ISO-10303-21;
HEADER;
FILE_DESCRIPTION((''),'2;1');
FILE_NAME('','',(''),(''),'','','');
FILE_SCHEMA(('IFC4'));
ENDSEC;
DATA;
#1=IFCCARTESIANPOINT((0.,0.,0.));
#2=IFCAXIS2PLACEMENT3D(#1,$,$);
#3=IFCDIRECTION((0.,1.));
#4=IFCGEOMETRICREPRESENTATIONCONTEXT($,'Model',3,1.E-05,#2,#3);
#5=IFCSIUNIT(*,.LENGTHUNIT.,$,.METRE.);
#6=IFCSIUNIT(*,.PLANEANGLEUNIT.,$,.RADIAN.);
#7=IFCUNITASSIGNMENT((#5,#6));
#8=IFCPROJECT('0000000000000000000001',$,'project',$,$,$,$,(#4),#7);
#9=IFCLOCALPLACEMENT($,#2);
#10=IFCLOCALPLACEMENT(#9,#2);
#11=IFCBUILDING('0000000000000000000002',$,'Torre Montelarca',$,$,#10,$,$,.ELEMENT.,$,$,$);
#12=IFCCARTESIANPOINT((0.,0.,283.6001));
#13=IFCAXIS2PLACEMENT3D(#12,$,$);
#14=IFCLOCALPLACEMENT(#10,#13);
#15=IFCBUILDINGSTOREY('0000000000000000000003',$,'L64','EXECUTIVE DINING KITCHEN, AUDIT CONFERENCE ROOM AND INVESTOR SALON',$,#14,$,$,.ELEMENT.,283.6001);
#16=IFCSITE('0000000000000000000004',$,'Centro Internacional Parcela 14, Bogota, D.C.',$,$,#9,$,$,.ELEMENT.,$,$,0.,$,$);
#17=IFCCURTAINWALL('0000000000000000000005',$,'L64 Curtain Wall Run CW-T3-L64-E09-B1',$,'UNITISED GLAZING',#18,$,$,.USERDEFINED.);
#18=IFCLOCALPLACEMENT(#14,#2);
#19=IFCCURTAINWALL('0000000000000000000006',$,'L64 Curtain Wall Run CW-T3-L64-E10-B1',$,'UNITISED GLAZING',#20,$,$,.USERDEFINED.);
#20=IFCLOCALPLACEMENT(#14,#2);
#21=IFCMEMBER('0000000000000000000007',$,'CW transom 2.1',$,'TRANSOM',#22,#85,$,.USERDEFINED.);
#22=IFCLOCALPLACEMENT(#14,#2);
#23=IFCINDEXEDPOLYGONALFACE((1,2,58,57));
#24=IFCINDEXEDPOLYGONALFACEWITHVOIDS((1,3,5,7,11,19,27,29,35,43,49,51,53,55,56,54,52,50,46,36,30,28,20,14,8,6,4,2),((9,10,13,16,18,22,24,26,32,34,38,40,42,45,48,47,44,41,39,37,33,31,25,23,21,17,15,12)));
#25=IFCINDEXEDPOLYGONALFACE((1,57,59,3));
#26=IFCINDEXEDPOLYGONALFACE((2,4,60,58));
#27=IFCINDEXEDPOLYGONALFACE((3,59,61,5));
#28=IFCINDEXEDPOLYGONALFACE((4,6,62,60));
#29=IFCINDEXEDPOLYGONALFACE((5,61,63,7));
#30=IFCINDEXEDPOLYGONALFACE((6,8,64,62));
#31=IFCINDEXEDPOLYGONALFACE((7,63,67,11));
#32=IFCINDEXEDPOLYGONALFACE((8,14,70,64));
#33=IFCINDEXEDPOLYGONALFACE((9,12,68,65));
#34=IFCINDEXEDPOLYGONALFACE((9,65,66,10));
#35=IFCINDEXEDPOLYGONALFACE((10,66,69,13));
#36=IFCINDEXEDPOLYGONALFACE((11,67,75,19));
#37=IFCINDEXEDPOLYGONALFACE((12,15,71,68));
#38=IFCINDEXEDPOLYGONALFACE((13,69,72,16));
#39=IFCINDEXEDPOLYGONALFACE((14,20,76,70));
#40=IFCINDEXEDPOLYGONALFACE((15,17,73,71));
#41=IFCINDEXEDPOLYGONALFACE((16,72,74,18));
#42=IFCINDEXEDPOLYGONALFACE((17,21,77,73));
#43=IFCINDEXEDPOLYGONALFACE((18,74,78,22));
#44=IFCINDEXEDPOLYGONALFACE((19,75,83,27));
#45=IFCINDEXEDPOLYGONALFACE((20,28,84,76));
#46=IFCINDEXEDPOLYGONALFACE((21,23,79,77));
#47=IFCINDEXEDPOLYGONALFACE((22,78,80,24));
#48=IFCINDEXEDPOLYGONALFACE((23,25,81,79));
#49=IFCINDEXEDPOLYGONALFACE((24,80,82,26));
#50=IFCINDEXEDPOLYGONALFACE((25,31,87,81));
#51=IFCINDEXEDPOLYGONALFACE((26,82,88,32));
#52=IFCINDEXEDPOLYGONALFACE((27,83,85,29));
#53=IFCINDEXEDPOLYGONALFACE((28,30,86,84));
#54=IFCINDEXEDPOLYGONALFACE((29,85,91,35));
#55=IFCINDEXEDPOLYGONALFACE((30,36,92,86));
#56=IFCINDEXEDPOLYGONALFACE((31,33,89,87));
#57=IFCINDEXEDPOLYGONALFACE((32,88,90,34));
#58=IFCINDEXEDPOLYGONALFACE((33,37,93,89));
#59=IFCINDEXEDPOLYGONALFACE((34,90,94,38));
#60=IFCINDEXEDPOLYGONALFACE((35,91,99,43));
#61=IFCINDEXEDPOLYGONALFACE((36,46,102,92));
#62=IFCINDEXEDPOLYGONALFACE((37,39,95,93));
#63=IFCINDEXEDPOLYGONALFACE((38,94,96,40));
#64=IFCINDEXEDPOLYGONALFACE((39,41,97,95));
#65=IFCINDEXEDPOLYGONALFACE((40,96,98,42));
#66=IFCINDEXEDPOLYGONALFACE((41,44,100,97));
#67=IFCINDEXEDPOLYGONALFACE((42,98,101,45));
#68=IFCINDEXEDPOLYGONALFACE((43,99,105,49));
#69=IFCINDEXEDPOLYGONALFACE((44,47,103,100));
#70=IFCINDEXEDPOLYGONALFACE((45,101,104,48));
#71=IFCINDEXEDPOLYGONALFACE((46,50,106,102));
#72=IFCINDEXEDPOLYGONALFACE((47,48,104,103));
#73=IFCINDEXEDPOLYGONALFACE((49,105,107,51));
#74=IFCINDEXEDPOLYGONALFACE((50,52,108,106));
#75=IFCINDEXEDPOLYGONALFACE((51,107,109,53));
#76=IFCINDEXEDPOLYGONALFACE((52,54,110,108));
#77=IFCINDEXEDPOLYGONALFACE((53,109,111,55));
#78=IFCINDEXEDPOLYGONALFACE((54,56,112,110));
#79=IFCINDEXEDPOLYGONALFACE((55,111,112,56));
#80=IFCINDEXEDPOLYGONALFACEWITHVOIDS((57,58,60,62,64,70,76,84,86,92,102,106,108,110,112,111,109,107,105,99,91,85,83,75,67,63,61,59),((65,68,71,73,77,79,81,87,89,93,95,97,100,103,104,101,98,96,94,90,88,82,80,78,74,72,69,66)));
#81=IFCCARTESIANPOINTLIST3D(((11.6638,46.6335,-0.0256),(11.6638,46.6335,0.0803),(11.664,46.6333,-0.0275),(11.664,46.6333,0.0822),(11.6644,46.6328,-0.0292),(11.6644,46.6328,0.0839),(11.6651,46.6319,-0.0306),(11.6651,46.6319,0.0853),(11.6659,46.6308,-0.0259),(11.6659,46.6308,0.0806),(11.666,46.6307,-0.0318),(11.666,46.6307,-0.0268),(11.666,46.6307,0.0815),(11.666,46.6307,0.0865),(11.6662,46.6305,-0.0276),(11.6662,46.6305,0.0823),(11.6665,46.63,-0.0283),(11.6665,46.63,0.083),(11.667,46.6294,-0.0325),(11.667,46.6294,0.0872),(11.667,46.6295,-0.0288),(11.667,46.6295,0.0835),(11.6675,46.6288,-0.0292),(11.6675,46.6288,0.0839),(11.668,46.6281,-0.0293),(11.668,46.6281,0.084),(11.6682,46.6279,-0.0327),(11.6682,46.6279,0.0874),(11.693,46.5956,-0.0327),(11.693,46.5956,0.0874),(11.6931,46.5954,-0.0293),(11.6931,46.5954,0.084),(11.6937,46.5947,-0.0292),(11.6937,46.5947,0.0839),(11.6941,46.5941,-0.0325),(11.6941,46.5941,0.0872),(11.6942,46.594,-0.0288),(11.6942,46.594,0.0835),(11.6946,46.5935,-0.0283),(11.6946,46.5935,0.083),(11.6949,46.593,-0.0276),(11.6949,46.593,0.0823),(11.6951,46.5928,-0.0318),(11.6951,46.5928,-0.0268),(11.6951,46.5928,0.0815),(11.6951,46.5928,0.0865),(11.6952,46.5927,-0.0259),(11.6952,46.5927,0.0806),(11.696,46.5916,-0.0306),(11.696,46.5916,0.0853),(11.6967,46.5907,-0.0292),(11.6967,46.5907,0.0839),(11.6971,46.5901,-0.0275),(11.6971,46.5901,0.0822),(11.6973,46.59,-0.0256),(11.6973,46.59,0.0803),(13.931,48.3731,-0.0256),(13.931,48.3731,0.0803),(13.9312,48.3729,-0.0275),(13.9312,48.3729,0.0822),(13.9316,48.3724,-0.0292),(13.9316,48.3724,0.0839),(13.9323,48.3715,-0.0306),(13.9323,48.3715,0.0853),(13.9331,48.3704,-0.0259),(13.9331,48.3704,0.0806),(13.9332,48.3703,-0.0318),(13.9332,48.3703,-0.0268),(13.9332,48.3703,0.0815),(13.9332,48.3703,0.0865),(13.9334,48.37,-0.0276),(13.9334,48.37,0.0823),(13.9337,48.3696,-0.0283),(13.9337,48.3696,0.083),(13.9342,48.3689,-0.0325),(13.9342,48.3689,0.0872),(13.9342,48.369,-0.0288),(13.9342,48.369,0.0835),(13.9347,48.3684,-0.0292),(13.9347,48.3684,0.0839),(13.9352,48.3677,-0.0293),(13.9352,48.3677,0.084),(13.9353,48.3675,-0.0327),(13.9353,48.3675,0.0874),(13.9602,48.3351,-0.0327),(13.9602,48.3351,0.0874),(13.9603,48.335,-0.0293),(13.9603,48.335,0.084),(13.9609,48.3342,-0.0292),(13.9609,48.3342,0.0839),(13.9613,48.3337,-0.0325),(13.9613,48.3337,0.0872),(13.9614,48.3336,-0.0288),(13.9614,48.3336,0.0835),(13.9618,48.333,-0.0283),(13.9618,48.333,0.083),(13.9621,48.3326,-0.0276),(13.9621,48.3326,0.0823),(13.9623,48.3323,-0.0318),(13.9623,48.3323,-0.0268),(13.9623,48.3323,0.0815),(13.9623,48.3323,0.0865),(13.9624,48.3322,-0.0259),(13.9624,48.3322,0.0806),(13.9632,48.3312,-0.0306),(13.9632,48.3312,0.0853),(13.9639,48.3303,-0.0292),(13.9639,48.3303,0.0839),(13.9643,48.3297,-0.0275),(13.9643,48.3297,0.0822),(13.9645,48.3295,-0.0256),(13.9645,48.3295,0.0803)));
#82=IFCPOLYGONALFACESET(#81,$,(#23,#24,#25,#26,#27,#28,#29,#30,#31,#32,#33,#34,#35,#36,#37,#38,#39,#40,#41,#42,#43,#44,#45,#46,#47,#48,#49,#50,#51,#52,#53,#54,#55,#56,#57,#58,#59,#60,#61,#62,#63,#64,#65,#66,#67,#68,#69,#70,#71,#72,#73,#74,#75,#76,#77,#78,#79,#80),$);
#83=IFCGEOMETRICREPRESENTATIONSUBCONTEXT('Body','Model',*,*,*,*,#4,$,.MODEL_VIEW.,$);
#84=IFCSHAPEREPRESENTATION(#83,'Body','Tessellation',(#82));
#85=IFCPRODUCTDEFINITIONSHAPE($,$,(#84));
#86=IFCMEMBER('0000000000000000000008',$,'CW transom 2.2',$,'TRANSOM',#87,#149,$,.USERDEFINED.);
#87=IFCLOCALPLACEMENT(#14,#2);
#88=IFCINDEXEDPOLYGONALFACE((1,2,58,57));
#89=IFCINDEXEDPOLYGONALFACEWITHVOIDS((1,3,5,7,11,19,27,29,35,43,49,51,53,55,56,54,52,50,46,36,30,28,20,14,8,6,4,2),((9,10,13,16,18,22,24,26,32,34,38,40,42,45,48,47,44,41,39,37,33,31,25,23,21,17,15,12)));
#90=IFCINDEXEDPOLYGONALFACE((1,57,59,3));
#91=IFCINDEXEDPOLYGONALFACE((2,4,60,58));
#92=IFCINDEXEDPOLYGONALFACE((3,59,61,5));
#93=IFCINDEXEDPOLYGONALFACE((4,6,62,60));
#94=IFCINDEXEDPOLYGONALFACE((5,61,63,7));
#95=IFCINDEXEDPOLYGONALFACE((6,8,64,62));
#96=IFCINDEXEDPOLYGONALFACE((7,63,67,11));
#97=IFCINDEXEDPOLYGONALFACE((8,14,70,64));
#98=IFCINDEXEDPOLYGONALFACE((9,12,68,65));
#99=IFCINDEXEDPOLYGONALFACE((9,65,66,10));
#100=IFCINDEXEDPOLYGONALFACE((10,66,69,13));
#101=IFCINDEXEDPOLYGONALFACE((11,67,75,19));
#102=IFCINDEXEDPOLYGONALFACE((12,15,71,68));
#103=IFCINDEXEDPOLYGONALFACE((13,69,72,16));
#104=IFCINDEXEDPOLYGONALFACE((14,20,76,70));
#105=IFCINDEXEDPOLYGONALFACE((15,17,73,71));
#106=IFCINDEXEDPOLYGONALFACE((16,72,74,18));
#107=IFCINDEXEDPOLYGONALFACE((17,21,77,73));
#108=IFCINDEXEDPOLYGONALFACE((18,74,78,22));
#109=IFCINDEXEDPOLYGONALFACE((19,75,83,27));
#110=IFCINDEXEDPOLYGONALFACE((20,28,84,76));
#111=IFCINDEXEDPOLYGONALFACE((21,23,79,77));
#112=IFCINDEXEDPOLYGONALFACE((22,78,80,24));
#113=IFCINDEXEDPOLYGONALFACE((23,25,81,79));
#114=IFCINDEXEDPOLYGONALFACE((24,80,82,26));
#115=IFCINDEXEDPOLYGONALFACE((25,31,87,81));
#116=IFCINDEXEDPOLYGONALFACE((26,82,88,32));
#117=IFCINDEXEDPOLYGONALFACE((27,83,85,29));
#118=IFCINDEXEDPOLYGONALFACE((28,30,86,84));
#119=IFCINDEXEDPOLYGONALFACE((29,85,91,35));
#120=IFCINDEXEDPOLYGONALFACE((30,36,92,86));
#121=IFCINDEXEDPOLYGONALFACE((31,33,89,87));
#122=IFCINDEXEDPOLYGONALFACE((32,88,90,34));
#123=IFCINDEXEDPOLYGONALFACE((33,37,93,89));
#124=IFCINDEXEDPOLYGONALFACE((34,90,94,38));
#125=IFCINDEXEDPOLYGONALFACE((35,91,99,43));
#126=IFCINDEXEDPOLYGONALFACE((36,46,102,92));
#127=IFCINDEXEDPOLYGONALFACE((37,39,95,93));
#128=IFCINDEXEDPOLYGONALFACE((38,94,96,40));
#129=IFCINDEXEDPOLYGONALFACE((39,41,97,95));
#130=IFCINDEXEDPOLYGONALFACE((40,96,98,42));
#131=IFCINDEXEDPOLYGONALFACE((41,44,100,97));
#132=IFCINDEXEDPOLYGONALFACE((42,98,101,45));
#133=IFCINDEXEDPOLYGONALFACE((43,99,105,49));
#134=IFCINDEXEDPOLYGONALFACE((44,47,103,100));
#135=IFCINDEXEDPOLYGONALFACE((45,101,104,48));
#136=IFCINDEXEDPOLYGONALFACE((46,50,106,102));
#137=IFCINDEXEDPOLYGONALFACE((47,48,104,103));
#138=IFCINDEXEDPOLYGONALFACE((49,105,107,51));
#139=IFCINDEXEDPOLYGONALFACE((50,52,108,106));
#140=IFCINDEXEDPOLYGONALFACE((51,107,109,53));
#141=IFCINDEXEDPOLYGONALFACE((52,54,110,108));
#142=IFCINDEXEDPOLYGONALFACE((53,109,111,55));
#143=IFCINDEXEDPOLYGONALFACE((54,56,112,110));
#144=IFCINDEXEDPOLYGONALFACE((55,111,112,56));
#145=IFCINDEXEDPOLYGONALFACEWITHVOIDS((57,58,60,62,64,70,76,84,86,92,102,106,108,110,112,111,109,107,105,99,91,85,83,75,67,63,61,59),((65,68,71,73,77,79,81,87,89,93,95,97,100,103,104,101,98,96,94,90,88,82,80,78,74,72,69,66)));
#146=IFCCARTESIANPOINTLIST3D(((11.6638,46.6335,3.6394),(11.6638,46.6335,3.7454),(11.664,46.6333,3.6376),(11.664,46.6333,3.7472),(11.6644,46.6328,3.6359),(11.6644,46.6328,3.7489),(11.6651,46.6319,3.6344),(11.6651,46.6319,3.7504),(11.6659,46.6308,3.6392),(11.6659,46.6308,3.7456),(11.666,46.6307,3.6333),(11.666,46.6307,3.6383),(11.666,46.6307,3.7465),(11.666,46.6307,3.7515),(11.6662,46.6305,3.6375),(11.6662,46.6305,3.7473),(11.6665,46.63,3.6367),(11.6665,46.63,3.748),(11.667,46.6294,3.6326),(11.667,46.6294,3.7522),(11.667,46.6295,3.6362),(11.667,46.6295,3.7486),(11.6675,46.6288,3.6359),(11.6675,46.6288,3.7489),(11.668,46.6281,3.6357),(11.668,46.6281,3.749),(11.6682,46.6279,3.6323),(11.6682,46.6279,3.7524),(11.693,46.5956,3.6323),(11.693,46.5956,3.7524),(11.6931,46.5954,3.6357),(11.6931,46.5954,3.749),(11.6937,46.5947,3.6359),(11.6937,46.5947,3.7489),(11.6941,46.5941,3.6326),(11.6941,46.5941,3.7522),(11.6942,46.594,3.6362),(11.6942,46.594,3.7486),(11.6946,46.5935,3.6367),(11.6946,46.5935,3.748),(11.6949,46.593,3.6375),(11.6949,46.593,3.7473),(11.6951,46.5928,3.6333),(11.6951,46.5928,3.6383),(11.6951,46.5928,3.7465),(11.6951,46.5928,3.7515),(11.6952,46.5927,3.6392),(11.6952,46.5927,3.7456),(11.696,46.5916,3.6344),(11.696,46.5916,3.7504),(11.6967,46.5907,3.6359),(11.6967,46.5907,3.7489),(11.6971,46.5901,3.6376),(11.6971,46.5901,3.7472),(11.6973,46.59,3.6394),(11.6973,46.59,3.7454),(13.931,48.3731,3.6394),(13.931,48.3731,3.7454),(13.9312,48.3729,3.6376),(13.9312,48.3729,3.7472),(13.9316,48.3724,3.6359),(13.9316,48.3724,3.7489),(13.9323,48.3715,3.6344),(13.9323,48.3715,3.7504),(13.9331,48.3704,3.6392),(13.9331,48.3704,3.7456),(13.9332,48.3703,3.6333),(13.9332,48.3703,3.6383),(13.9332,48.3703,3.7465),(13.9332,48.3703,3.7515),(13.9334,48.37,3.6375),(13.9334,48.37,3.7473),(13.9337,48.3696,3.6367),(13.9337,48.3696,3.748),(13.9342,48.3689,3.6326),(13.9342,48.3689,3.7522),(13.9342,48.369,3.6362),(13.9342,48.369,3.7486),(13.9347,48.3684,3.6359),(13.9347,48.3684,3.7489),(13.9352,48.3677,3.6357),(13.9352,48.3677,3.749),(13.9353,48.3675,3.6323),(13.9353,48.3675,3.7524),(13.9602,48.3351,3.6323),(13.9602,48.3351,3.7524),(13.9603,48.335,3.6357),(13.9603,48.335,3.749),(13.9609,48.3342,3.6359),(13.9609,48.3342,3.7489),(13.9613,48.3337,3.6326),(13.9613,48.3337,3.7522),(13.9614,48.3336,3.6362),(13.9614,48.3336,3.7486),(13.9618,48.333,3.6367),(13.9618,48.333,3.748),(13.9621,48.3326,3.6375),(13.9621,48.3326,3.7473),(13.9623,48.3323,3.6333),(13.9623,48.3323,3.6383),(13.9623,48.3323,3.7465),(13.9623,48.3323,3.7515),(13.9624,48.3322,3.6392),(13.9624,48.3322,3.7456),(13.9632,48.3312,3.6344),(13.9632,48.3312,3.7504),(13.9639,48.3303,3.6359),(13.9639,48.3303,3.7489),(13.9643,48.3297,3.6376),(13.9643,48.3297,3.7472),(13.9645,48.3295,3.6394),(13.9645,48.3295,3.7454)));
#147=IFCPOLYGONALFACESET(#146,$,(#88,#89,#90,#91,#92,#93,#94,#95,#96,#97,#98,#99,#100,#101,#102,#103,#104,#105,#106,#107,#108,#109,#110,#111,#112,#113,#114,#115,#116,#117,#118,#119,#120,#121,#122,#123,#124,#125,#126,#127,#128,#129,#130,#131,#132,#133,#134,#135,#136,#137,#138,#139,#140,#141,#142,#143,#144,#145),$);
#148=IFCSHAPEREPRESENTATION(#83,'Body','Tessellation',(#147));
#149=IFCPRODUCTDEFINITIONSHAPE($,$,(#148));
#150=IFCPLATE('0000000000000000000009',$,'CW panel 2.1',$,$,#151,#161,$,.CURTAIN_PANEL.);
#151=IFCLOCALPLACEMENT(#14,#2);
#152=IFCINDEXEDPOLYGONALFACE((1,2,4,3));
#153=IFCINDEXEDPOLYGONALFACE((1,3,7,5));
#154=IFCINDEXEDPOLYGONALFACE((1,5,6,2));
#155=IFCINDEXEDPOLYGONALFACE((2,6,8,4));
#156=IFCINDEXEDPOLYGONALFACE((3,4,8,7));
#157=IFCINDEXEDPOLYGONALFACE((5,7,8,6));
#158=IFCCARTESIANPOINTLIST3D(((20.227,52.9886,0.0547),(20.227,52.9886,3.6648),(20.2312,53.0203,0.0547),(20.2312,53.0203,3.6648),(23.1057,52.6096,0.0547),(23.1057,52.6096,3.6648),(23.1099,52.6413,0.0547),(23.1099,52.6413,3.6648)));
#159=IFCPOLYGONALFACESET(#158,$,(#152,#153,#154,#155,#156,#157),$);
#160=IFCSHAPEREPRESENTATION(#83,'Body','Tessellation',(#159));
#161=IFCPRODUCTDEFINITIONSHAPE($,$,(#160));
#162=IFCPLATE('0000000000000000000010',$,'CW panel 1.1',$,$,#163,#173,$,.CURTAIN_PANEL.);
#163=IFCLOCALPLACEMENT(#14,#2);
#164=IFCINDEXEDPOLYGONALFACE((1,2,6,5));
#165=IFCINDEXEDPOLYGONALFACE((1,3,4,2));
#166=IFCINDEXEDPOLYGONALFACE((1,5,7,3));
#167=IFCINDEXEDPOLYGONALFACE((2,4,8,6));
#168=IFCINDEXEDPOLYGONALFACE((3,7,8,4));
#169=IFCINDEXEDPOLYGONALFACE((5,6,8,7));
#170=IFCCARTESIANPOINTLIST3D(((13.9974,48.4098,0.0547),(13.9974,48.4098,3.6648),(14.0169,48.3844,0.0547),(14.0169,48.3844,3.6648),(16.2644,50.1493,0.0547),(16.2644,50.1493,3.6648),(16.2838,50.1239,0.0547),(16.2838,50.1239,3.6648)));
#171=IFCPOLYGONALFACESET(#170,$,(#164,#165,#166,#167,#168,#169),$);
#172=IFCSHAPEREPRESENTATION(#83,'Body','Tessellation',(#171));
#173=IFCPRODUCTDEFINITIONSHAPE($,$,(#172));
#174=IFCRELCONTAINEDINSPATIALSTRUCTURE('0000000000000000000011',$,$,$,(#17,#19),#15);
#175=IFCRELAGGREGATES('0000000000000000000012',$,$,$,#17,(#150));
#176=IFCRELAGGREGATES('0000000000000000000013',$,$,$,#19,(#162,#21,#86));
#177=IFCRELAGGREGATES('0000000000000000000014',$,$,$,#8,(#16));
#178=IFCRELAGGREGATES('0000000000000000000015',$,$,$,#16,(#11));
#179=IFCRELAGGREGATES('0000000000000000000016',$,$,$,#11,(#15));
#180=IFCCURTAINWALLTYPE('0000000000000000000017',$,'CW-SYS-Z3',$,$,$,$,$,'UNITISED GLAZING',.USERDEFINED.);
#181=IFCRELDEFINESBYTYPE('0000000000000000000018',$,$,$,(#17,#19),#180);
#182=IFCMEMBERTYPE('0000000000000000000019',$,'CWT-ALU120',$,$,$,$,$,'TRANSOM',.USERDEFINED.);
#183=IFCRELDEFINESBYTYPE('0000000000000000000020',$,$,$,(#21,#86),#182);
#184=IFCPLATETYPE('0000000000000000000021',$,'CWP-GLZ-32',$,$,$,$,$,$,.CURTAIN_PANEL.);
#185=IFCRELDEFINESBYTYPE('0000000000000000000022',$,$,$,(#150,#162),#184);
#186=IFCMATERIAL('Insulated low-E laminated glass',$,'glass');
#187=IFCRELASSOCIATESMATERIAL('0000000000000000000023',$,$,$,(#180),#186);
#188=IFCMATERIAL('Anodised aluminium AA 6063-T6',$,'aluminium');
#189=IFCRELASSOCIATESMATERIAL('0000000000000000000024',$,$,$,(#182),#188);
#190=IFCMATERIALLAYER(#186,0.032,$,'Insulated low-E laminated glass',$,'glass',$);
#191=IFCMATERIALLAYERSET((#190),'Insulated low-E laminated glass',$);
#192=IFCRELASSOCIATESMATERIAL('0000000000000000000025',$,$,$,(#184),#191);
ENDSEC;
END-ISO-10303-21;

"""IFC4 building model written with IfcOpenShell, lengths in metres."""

from ifc_helpers import new_model, si_unit, direction, frame, origin, origin_2d, place, context, subcontext, project, spatial, rectangle, hollow_rectangle, extrude, source, transform, mapped, material, layer, layer_set, material_profile, profile_set, type_object, element, aggregate, save


model = new_model("IFC4")

# Units and contexts
model_context = context("Model", 3, precision=1e-05, world=origin(), true_north=direction((0.0, 1.0)))
body_context = subcontext(model_context, "Body", "Model", "MODEL_VIEW")
ifc_project = project(units=[si_unit("LENGTHUNIT", "METRE"), si_unit("PLANEANGLEUNIT", "RADIAN")], contexts=[model_context])

# Site, building, storey
site_placement = place(None, origin())
site = spatial("IfcSite", under=ifc_project, at=site_placement, Name="Centro Internacional Parcela 14, Bogota, D.C.", CompositionType="ELEMENT", RefElevation=0.0)
building_placement = place(site_placement, origin())
building = spatial("IfcBuilding", under=site, at=building_placement, Name="Torre Montelarca", CompositionType="ELEMENT")
storey_placement = place(building_placement, frame((0.0, 0.0, 283.6001)))
storey = spatial("IfcBuildingStorey", under=building, at=storey_placement, Name="L64", Description="EXECUTIVE DINING KITCHEN, AUDIT CONFERENCE ROOM AND INVESTOR SALON", CompositionType="ELEMENT", Elevation=283.6001)

# Curtain walls, members
ifc_material_1 = material(Name="Insulated low-E laminated glass", Category="glass")
curtain_wall_type = type_object("IfcCurtainWallType", Name="CW-SYS-Z3", ElementType="UNITISED GLAZING", PredefinedType="USERDEFINED", material=ifc_material_1)
curtain_wall_1_placement = place(storey_placement, origin())
curtain_wall_1 = element("IfcCurtainWall", 1, at=curtain_wall_1_placement, inside=storey, type_object=curtain_wall_type, Name="L64 Curtain Wall Run CW-T3-L64-E09-B1", ObjectType="UNITISED GLAZING", PredefinedType="USERDEFINED")
ifc_material_2 = material(Name="Anodised aluminium AA 6063-T6", Category="aluminium")
ifc_material_profile_1 = material_profile(ifc_material_2, hollow_rectangle(XDim=0.0549, YDim=0.1201, WallThickness=0.0034, InnerFilletRadius=0.0034, OuterFilletRadius=0.0071, at=origin_2d()), Name="ALU55X120X3.5", Category="aluminium")
ifc_profile_set_1 = profile_set([ifc_material_profile_1], Name="Anodised aluminium AA 6063-T6")
member_type_1 = type_object("IfcMemberType", Name="CWT-ALU120", ElementType="TRANSOM", PredefinedType="USERDEFINED", material=ifc_profile_set_1)
curtain_wall_2_placement = place(storey_placement, origin())
curtain_wall_2 = element("IfcCurtainWall", 2, at=curtain_wall_2_placement, inside=storey, type_object=curtain_wall_type, Name="L64 Curtain Wall Run CW-T3-L64-E10-B1", ObjectType="UNITISED GLAZING", PredefinedType="USERDEFINED")
shared_shape_1 = source(origin(), body_context, "Body", "SweptSolid", [
    extrude(hollow_rectangle(XDim=0.0549, YDim=0.1201, WallThickness=0.0034, InnerFilletRadius=0.0034, OuterFilletRadius=0.0071, at=origin_2d()), origin(), (0.0, 0.0, 1.0), 2.8577),
])
member_1_placement = place(storey_placement, frame((13.9478, 48.3513, 0.0273), z_axis=(-0.79337, -0.60874, 0.0), x_axis=(0.60874, -0.79337, 0.0)))
member_1 = element("IfcMember", 3, at=member_1_placement, type_object=member_type_1, Name="CW transom 2.1", ObjectType="TRANSOM", PredefinedType="USERDEFINED", context=body_context, shape_type="MappedRepresentation", body=[
    mapped(shared_shape_1, transform((0.0, 0.0, 0.0), scale=1.0)),
])
member_2_placement = place(storey_placement, frame((13.9478, 48.3513, 3.6924), z_axis=(-0.79337, -0.60874, 0.0), x_axis=(0.60874, -0.79337, 0.0)))
member_2 = element("IfcMember", 4, at=member_2_placement, type_object=member_type_1, Name="CW transom 2.2", ObjectType="TRANSOM", PredefinedType="USERDEFINED", context=body_context, shape_type="MappedRepresentation", body=[
    mapped(shared_shape_1, transform((0.0, 0.0, 0.0), scale=1.0)),
])

# Plates
ifc_layer_1 = layer(ifc_material_1, 0.032, Name="Insulated low-E laminated glass", Category="glass")
ifc_layer_set_1 = layer_set([ifc_layer_1], Name="Insulated low-E laminated glass")
plate_type = type_object("IfcPlateType", Name="CWP-GLZ-32", PredefinedType="CURTAIN_PANEL", material=ifc_layer_set_1)
shared_shape_2 = source(origin(), body_context, "Body", "SweptSolid", [
    extrude(rectangle(XDim=2.9036, YDim=0.032, at=origin_2d()), origin(), (0.0, 0.0, 1.0), 3.6101),
])
plate_1_placement = place(storey_placement, frame((21.6685, 52.8149, 0.0547), z_axis=(0.0, 0.0, 1.0), x_axis=(-0.991446, 0.130514, 0.0)))
plate_1 = element("IfcPlate", 5, at=plate_1_placement, type_object=plate_type, Name="CW panel 2.1", PredefinedType="CURTAIN_PANEL", context=body_context, shape_type="MappedRepresentation", body=[
    mapped(shared_shape_2, transform((0.0, 0.0, 0.0), scale=1.0)),
])
aggregate(curtain_wall_1, [plate_1])
shared_shape_3 = source(origin(), body_context, "Body", "SweptSolid", [
    extrude(rectangle(XDim=2.8574, YDim=0.032, at=origin_2d()), origin(), (0.0, 0.0, 1.0), 3.6101),
])
plate_2_placement = place(storey_placement, frame((15.1406, 49.2668, 0.0547), z_axis=(0.0, 0.0, 1.0), x_axis=(-0.793348, -0.608769, 0.0)))
plate_2 = element("IfcPlate", 6, at=plate_2_placement, type_object=plate_type, Name="CW panel 1.1", PredefinedType="CURTAIN_PANEL", context=body_context, shape_type="MappedRepresentation", body=[
    mapped(shared_shape_3, transform((0.0, 0.0, 0.0), scale=1.0)),
])
aggregate(curtain_wall_2, [plate_2, member_1, member_2])

save(model, "model.ifc")
